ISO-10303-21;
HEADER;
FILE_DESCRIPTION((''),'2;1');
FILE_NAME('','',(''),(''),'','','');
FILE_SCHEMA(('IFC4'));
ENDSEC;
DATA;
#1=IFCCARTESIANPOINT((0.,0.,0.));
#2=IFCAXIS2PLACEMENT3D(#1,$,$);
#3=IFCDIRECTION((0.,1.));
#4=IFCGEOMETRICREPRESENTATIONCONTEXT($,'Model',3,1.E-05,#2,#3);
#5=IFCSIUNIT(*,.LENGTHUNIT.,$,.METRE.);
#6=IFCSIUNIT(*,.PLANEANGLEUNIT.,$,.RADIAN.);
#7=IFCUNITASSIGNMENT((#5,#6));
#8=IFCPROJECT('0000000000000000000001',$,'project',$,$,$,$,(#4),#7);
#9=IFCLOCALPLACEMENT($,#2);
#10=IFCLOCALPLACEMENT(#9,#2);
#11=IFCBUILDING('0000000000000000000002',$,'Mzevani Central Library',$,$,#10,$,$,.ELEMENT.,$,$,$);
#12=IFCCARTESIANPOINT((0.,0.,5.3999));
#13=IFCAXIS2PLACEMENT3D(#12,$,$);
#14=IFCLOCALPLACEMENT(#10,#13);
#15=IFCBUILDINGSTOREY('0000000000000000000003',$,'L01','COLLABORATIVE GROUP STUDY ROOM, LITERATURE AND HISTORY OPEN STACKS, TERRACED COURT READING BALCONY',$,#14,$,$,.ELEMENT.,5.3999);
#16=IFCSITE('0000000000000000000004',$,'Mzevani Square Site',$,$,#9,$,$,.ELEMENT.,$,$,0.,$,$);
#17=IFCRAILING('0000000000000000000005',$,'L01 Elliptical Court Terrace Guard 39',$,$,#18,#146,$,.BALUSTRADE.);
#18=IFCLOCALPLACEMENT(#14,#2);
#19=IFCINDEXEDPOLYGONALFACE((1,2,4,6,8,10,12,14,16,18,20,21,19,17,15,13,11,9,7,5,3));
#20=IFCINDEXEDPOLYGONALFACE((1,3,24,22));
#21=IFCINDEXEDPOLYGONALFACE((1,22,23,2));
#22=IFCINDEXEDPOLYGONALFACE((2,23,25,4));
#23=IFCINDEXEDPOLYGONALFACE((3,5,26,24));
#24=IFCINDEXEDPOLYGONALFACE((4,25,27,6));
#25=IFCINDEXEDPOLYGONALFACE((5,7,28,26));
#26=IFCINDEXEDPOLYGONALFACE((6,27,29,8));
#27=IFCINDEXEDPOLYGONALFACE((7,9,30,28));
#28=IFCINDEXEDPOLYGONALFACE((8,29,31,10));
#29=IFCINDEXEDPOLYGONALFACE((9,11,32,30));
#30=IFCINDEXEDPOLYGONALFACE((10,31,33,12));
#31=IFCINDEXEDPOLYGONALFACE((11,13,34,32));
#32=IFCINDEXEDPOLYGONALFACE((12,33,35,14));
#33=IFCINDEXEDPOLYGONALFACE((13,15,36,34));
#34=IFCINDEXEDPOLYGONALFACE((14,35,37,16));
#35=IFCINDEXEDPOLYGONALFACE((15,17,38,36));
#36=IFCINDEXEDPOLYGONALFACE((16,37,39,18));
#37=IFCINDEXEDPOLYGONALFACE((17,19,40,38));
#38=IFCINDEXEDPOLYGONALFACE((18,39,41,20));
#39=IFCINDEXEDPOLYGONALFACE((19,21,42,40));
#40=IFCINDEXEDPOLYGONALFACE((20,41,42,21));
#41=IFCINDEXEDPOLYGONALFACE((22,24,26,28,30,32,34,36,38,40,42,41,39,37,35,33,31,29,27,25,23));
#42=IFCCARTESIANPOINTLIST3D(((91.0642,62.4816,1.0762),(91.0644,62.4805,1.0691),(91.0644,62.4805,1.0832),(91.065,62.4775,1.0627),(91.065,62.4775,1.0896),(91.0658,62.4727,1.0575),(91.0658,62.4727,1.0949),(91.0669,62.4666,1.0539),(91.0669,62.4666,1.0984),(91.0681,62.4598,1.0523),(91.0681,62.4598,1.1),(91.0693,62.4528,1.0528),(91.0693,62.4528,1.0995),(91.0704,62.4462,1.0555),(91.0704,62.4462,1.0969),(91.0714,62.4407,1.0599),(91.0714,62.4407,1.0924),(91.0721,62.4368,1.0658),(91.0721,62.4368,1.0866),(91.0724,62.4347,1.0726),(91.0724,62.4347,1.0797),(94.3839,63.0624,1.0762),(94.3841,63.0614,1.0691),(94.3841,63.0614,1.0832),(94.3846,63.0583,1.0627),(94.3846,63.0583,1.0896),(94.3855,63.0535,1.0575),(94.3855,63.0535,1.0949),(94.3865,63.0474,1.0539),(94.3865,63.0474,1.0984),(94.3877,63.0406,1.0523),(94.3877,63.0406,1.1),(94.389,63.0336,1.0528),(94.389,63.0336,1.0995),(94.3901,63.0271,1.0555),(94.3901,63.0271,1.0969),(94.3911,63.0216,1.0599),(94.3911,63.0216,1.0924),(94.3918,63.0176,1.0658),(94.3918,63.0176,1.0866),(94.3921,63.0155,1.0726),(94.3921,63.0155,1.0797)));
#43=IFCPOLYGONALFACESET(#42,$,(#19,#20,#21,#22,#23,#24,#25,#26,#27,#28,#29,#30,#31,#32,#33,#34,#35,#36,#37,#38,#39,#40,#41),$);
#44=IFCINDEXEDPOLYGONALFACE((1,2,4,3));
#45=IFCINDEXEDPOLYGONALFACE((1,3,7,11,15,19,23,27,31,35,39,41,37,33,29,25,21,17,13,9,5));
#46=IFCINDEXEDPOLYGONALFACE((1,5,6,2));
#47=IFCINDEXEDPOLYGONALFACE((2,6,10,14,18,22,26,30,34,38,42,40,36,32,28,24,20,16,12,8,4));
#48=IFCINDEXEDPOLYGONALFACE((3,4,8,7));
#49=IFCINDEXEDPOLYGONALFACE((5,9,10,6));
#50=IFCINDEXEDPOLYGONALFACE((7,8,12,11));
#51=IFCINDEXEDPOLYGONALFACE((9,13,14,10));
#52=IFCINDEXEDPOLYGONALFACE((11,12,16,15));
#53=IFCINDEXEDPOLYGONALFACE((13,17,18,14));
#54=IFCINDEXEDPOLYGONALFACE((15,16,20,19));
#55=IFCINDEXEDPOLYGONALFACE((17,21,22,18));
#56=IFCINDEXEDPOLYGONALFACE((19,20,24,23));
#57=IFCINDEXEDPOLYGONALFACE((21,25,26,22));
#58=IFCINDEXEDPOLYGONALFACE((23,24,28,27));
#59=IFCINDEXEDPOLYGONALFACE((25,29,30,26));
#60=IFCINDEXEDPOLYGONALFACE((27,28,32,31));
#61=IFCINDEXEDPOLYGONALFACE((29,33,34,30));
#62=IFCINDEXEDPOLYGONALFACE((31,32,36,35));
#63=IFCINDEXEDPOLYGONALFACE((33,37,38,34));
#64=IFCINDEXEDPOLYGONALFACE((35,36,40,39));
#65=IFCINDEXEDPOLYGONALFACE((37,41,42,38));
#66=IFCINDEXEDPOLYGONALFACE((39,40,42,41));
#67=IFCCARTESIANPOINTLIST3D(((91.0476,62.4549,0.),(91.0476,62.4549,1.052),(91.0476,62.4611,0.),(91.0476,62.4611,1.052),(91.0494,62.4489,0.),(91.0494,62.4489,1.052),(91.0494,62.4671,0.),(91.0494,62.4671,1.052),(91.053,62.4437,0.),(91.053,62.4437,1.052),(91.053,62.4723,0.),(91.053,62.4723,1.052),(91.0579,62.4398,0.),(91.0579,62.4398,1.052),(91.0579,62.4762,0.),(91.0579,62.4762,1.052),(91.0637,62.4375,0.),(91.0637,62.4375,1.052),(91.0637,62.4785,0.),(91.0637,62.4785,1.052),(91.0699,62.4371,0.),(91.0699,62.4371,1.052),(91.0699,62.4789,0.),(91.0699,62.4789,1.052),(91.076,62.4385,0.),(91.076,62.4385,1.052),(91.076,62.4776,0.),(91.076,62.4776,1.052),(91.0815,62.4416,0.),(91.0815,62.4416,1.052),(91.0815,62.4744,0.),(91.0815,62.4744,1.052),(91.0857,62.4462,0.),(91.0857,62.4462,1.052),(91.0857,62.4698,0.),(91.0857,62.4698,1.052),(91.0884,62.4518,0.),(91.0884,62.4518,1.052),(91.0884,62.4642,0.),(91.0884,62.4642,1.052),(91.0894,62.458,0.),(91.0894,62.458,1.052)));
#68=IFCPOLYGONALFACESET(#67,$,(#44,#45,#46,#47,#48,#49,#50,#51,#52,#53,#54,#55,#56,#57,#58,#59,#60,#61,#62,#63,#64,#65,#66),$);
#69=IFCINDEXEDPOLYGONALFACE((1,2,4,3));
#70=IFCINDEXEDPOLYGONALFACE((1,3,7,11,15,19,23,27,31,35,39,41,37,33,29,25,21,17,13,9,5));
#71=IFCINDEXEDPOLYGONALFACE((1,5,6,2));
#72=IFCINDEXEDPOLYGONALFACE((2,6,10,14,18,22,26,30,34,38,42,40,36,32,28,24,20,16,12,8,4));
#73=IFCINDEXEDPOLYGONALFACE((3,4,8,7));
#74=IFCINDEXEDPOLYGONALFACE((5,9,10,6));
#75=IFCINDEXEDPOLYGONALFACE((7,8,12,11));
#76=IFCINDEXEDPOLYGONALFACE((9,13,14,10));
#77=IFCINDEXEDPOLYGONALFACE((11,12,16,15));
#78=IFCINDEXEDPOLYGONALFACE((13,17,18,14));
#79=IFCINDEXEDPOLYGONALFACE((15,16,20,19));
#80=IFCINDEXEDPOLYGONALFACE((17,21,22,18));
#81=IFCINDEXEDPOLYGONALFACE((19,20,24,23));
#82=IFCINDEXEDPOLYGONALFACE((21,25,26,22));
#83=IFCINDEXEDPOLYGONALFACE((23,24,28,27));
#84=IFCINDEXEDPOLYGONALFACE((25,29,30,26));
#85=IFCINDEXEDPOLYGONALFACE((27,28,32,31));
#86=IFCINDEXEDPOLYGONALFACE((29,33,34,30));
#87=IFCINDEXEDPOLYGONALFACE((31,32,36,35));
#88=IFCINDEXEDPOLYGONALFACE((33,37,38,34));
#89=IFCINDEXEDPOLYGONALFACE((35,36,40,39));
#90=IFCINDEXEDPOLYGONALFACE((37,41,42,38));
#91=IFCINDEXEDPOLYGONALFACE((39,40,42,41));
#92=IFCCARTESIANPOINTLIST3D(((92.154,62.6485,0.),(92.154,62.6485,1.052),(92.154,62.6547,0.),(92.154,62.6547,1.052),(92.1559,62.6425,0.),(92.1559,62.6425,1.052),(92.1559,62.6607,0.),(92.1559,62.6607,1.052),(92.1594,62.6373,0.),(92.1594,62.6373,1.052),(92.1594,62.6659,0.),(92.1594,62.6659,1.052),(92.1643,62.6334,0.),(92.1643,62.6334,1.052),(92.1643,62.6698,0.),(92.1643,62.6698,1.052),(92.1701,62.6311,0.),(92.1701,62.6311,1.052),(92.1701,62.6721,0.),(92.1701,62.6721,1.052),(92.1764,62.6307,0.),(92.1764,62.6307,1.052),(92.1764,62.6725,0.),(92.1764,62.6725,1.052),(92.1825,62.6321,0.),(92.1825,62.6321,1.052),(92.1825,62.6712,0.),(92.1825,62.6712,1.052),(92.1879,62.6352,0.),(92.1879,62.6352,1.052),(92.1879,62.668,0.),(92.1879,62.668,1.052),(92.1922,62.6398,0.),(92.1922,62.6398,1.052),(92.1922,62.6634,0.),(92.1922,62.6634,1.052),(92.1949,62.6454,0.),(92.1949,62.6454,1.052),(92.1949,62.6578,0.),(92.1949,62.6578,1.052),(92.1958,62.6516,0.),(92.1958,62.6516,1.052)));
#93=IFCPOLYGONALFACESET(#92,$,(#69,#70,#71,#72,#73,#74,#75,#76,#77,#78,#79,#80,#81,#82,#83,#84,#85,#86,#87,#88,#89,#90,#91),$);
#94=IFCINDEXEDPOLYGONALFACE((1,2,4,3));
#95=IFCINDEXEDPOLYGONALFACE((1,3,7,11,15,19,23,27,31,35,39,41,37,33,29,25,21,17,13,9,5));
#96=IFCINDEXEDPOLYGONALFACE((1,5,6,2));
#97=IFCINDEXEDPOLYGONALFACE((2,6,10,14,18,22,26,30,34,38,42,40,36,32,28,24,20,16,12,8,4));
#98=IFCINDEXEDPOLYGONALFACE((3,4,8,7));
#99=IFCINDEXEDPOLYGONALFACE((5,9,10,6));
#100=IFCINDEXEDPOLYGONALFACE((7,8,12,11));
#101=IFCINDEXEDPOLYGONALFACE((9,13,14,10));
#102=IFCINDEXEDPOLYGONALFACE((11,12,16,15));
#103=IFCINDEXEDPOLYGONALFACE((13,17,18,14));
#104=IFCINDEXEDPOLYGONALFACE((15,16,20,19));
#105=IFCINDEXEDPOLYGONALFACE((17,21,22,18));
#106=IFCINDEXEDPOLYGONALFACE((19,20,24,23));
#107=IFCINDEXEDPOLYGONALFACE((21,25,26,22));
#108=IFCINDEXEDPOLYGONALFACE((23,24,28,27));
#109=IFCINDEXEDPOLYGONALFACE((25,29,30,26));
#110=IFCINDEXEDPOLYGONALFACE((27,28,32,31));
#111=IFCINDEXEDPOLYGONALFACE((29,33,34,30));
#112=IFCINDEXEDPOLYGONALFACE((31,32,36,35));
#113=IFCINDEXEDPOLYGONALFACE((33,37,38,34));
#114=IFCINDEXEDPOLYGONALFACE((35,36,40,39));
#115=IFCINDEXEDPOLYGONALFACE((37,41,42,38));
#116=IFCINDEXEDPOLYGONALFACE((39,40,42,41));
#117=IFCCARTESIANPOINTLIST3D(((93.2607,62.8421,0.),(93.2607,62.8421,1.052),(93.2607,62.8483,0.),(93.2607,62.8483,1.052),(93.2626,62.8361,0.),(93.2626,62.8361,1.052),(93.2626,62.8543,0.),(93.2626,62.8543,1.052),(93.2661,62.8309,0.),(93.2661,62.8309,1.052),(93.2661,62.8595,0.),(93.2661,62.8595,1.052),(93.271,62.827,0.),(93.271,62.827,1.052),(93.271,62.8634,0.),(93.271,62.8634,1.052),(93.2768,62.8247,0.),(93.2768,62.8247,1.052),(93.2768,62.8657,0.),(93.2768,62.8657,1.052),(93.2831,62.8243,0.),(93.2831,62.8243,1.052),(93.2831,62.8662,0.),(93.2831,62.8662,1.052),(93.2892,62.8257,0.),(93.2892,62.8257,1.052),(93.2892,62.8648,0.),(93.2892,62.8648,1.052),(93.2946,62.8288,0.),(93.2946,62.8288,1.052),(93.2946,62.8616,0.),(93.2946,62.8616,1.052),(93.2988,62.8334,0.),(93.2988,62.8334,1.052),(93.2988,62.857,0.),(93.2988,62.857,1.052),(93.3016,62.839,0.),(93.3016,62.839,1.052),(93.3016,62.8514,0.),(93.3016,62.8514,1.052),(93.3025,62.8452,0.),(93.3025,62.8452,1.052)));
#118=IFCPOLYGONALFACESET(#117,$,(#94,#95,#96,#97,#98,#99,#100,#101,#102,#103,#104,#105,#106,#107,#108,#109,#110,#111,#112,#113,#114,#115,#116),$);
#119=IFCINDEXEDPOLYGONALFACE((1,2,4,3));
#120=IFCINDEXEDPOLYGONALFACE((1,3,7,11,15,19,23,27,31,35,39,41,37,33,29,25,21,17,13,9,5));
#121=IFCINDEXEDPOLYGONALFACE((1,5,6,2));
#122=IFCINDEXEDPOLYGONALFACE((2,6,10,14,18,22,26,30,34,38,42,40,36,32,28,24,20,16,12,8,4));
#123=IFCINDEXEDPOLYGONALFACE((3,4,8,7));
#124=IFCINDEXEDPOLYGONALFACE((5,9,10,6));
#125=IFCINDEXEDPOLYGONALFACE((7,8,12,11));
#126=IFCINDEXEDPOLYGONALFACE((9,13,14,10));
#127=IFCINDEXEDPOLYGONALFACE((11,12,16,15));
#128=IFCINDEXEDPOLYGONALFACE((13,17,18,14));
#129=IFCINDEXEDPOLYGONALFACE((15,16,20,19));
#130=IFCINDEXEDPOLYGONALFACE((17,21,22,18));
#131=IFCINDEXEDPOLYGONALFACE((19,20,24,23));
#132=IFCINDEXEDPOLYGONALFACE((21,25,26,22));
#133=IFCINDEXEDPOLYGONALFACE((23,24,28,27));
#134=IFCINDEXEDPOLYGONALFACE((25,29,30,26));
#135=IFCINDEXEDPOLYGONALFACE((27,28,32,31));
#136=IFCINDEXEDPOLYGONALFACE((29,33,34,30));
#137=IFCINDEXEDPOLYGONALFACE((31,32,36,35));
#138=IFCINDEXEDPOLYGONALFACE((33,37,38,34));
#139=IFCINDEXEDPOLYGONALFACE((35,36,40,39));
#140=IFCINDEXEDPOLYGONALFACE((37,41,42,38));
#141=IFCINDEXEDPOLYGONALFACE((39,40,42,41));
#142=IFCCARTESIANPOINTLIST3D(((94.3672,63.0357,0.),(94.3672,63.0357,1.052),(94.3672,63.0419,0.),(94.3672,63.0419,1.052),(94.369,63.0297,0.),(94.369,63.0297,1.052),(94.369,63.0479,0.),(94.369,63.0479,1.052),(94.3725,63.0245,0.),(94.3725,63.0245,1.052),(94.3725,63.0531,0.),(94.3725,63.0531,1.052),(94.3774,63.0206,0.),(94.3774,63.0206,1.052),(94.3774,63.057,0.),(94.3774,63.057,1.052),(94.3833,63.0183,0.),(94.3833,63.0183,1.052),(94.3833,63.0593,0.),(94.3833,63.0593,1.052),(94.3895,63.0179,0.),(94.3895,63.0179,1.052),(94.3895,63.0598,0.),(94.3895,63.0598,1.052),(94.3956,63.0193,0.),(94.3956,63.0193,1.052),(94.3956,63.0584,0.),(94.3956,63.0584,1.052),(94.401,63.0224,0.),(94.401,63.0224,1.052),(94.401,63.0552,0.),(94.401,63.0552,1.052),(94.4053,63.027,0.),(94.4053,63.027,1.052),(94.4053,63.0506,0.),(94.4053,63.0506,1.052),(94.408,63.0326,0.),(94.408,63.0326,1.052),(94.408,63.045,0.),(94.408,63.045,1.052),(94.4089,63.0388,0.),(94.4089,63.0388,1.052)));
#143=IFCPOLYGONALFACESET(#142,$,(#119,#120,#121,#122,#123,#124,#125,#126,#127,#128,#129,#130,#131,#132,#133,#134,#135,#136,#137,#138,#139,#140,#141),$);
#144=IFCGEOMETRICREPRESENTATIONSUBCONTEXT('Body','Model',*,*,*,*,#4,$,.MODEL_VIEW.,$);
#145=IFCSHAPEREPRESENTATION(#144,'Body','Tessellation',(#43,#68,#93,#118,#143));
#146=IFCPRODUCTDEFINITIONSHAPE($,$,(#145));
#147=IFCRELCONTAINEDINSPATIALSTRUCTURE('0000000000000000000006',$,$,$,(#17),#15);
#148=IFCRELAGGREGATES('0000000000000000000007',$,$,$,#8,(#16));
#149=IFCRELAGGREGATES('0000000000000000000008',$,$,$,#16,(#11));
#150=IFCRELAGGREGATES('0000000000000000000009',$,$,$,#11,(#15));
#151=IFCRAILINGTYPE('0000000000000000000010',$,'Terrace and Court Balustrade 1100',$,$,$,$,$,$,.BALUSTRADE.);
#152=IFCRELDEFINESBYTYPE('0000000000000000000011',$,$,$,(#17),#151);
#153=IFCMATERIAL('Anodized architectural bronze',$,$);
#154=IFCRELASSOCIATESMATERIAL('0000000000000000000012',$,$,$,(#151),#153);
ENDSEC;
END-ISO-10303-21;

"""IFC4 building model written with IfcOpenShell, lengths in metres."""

from ifc_helpers import new_model, si_unit, direction, frame, origin, origin_2d, place, context, subcontext, project, spatial, circle, extrude, material, type_object, element, save


model = new_model("IFC4")

# Units and contexts
model_context = context("Model", 3, precision=1e-05, world=origin(), true_north=direction((0.0, 1.0)))
body_context = subcontext(model_context, "Body", "Model", "MODEL_VIEW")
ifc_project = project(units=[si_unit("LENGTHUNIT", "METRE"), si_unit("PLANEANGLEUNIT", "RADIAN")], contexts=[model_context])

# Site, building, storey
site_placement = place(None, origin())
site = spatial("IfcSite", under=ifc_project, at=site_placement, Name="Mzevani Square Site", CompositionType="ELEMENT", RefElevation=0.0)
building_placement = place(site_placement, origin())
building = spatial("IfcBuilding", under=site, at=building_placement, Name="Mzevani Central Library", CompositionType="ELEMENT")
storey_placement = place(building_placement, frame((0.0, 0.0, 5.3999)))
storey = spatial("IfcBuildingStorey", under=building, at=storey_placement, Name="L01", Description="COLLABORATIVE GROUP STUDY ROOM, LITERATURE AND HISTORY OPEN STACKS, TERRACED COURT READING BALCONY", CompositionType="ELEMENT", Elevation=5.3999)

# Railing
ifc_material_1 = material(Name="Anodized architectural bronze")
railing_type = type_object("IfcRailingType", Name="Terrace and Court Balustrade 1100", PredefinedType="BALUSTRADE", material=ifc_material_1)
railing_1_placement = place(storey_placement, frame((91.0684, 62.458, 0.0)))
element("IfcRailing", 1, at=railing_1_placement, inside=storey, type_object=railing_type, Name="L01 Elliptical Court Terrace Guard 39", PredefinedType="BALUSTRADE", context=body_context, shape_type="SweptSolid", body=[
    extrude(circle(Radius=0.0239, at=origin_2d()), frame((0.0, 0.0, 1.0762), z_axis=(0.985036, 0.172347, 0.0), x_axis=(-0.172347, 0.985036, 0.0)), (0.0, 0.0, 1.0), 3.3701),
    extrude(circle(Radius=0.021, at=origin_2d()), origin(), (0.0, 0.0, 1.0), 1.052),
    extrude(circle(Radius=0.021, at=origin_2d()), frame((1.1064, 0.1936, 0.0)), (0.0, 0.0, 1.0), 1.052),
    extrude(circle(Radius=0.021, at=origin_2d()), frame((2.2131, 0.3872, 0.0)), (0.0, 0.0, 1.0), 1.052),
    extrude(circle(Radius=0.021, at=origin_2d()), frame((3.3196, 0.5808, 0.0)), (0.0, 0.0, 1.0), 1.052),
])

save(model, "model.ifc")
